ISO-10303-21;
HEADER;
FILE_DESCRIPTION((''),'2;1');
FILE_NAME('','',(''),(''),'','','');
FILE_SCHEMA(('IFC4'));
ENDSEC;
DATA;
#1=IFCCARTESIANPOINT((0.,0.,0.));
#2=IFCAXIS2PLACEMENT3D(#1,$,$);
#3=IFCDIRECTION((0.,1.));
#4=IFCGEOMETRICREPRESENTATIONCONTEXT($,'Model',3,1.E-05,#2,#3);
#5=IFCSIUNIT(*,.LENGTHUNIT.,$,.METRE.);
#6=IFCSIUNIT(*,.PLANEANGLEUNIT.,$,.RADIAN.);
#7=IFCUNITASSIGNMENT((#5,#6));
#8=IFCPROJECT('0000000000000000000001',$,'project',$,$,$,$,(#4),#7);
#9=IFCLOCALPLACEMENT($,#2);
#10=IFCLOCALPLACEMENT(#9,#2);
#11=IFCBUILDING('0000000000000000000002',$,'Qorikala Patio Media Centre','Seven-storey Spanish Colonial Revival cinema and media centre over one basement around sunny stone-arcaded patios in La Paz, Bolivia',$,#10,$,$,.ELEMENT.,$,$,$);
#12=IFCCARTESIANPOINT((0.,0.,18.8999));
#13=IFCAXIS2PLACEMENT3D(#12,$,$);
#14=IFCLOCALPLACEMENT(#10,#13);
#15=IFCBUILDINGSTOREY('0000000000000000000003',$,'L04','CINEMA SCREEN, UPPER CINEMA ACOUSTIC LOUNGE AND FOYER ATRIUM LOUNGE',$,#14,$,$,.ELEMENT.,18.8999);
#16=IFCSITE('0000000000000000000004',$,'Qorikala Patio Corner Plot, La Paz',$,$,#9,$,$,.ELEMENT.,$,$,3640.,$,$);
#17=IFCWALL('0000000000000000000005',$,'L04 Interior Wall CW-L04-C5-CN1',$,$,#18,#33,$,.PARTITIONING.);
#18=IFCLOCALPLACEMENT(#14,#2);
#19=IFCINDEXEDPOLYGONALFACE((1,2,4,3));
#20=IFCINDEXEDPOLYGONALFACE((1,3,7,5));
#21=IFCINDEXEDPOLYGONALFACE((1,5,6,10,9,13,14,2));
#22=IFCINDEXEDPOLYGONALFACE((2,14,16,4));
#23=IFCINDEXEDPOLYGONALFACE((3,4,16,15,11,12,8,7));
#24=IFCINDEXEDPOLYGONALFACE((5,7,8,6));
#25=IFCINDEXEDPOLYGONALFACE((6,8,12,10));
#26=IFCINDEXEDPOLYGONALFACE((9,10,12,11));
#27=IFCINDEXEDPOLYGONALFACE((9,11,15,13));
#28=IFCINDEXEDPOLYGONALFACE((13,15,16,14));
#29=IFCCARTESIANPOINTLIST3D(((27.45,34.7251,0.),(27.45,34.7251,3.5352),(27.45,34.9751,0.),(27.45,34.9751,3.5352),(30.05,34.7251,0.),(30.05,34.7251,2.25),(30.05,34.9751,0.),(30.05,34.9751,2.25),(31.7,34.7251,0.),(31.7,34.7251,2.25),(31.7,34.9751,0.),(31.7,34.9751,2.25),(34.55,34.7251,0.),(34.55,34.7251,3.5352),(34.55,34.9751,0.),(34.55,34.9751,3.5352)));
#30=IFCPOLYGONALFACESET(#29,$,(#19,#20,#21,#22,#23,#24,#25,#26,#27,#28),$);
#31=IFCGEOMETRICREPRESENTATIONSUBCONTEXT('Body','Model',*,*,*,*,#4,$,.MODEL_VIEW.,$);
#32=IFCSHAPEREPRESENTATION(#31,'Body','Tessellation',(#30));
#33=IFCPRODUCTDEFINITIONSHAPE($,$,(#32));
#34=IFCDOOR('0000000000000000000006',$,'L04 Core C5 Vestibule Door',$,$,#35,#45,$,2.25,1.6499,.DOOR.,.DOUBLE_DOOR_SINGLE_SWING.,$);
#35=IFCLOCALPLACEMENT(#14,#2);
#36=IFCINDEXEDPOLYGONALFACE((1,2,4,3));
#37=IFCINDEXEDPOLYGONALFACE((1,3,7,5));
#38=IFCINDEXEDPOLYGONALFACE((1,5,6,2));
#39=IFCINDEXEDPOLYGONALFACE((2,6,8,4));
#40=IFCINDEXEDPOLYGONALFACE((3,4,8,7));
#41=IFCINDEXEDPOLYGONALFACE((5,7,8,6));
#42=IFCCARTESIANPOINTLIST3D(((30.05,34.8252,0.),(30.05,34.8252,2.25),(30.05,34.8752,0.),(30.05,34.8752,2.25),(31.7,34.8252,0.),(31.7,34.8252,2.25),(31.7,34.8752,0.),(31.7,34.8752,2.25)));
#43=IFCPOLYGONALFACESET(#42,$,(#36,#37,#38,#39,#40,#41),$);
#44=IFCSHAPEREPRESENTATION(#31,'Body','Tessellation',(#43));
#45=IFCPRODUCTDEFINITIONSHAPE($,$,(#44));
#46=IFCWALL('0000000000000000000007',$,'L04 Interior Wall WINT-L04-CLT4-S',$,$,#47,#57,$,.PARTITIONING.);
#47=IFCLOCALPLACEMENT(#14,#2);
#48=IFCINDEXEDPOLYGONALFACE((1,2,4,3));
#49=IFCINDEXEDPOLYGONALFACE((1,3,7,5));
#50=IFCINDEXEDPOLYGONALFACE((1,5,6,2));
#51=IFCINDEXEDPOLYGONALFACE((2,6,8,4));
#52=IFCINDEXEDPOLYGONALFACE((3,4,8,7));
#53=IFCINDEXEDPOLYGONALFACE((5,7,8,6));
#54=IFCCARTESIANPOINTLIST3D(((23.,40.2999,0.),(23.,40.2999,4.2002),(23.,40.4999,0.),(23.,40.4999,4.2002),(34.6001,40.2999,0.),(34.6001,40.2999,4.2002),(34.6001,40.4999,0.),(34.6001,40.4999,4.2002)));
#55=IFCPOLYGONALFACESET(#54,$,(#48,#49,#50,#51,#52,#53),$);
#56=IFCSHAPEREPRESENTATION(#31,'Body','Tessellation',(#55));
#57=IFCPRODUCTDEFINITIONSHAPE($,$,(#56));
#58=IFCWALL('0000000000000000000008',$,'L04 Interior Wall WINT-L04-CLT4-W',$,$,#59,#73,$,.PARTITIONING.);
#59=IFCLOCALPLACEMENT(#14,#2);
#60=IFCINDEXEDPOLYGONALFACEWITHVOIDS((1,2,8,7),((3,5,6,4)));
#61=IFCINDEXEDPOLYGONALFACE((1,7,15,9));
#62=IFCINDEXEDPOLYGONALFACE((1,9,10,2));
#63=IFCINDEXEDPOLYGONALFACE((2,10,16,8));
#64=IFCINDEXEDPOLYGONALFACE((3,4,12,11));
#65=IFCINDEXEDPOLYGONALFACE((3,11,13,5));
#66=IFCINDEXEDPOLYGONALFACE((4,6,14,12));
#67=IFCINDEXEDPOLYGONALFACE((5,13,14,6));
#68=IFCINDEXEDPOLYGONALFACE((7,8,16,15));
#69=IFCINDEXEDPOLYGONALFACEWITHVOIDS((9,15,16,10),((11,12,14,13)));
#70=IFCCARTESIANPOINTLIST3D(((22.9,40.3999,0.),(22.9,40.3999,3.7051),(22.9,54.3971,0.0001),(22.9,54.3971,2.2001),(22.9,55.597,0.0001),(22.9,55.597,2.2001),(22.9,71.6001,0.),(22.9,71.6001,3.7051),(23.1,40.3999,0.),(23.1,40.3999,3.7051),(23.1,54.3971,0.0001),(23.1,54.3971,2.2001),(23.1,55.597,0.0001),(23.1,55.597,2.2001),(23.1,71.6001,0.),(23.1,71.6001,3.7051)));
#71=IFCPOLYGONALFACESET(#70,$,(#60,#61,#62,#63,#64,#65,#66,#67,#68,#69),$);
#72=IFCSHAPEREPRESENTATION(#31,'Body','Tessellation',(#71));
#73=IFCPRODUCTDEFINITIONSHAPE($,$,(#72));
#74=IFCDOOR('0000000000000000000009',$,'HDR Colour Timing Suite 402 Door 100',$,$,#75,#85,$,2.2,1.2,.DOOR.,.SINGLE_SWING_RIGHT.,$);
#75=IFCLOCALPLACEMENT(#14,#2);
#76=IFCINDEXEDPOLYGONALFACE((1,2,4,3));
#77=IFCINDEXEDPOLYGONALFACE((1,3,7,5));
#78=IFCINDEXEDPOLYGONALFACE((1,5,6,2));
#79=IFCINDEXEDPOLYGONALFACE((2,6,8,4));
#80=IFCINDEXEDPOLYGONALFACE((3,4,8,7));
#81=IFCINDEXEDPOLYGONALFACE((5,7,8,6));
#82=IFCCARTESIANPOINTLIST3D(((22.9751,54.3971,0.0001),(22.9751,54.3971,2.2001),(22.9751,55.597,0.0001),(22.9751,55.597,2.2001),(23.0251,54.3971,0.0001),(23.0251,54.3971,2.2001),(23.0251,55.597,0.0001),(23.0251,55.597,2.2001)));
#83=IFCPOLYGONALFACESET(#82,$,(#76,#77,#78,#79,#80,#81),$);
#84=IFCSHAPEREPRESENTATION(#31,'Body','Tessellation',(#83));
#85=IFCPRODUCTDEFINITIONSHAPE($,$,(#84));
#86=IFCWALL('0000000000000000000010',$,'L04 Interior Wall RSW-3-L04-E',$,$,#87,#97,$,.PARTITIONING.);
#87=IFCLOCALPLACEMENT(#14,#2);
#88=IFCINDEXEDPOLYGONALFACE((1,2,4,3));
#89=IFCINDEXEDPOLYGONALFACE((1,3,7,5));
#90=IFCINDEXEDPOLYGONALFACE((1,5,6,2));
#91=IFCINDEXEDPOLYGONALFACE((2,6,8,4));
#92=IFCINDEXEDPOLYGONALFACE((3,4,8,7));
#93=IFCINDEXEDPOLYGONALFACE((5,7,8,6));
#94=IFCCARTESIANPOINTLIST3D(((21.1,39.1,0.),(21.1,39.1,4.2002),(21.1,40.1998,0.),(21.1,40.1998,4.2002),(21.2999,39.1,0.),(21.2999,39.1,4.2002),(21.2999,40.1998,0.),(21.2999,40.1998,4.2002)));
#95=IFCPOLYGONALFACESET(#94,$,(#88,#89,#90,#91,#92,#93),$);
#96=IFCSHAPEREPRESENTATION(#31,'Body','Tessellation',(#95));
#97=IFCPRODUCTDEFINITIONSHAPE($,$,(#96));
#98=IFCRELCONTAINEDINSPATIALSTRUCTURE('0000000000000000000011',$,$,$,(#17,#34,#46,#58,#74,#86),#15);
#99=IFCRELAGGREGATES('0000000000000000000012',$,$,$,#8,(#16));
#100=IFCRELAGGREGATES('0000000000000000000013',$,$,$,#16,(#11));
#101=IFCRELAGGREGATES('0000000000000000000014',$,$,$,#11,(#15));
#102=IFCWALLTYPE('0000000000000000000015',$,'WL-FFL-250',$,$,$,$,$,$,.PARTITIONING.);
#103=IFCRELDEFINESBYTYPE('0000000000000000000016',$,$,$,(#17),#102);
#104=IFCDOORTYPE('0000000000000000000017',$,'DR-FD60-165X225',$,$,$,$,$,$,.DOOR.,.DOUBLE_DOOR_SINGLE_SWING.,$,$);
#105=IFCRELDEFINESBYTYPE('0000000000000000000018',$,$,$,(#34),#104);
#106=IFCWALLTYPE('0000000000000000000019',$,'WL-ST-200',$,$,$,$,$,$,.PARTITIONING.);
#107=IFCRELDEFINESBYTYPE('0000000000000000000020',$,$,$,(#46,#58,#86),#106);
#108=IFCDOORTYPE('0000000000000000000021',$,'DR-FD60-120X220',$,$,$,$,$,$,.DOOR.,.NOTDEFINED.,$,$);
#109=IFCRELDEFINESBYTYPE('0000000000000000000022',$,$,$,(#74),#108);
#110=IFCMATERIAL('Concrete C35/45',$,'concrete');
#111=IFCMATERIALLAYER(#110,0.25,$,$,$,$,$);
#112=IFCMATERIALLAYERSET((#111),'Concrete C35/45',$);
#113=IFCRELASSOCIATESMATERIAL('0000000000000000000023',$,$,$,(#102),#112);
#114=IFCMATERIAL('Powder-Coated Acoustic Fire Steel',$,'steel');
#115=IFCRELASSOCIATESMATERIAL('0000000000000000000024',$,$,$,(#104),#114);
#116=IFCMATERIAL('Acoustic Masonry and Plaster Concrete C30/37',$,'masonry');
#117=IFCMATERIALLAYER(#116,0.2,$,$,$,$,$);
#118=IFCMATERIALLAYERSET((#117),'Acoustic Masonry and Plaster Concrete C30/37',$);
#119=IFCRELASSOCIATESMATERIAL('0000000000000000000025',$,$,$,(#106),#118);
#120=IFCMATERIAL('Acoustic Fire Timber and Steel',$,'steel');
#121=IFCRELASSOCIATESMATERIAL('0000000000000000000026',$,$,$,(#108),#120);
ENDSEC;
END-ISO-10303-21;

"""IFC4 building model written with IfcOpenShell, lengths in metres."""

from ifc_helpers import new_model, si_unit, direction, frame, frame_2d, origin, place, context, subcontext, project, spatial, rectangle, extrude, material, layer, layer_set, type_object, element, fill, save


model = new_model("IFC4")

# Units and contexts
model_context = context("Model", 3, precision=1e-05, world=origin(), true_north=direction((0.0, 1.0)))
body_context = subcontext(model_context, "Body", "Model", "MODEL_VIEW")
ifc_project = project(units=[si_unit("LENGTHUNIT", "METRE"), si_unit("PLANEANGLEUNIT", "RADIAN")], contexts=[model_context])

# Site, building, storey
site_placement = place(None, origin())
site = spatial("IfcSite", under=ifc_project, at=site_placement, Name="Qorikala Patio Corner Plot, La Paz", CompositionType="ELEMENT", RefElevation=3640.0)
building_placement = place(site_placement, origin())
building = spatial("IfcBuilding", under=site, at=building_placement, Name="Qorikala Patio Media Centre", Description="Seven-storey Spanish Colonial Revival cinema and media centre over one basement around sunny stone-arcaded patios in La Paz, Bolivia", CompositionType="ELEMENT")
storey_placement = place(building_placement, frame((0.0, 0.0, 18.8999)))
storey = spatial("IfcBuildingStorey", under=building, at=storey_placement, Name="L04", Description="CINEMA SCREEN, UPPER CINEMA ACOUSTIC LOUNGE AND FOYER ATRIUM LOUNGE", CompositionType="ELEMENT", Elevation=18.8999)

# Shared definitions
ifc_material_1 = material(Name="Concrete C35/45", Category="concrete")

# Wall, opening, door
ifc_material_2 = material(Name="Powder-Coated Acoustic Fire Steel", Category="steel")
ifc_layer_1 = layer(ifc_material_1, 0.25)
ifc_layer_set_1 = layer_set([ifc_layer_1], Name="Concrete C35/45")
wall_type_1 = type_object("IfcWallType", Name="WL-FFL-250", PredefinedType="PARTITIONING", material=ifc_layer_set_1)
wall_1_placement = place(storey_placement, frame((27.45, 34.8501, 0.0), z_axis=(0.0, 0.0, 1.0), x_axis=(1.0, 0.0, 0.0)))
wall_1 = element("IfcWall", 1, at=wall_1_placement, inside=storey, type_object=wall_type_1, Name="L04 Interior Wall CW-L04-C5-CN1", PredefinedType="PARTITIONING", context=body_context, shape_type="SweptSolid", body=[
    extrude(rectangle(XDim=7.1001, YDim=0.25, at=frame_2d((3.55, 0.0))), origin(), (0.0, 0.0, 1.0), 3.5352),
])
opening_1_placement = place(wall_1_placement, frame((2.6001, 0.0, 0.0)))
opening_1 = element("IfcOpeningElement", 2, at=opening_1_placement, cuts=wall_1, PredefinedType="OPENING", context=body_context, shape_type="SweptSolid", body=[
    extrude(rectangle(XDim=1.6499, YDim=2.25, at=frame_2d((0.825, 1.125))), frame((0.0, 0.135, 0.0), z_axis=(0.0, -1.0, 0.0), x_axis=(1.0, 0.0, 0.0)), (0.0, 0.0, 1.0), 0.27),
])
door_type_1 = type_object("IfcDoorType", Name="DR-FD60-165X225", OperationType="DOUBLE_DOOR_SINGLE_SWING", PredefinedType="DOOR", material=ifc_material_2)
door_1_placement = place(opening_1_placement, frame((1.6499, 0.0, 0.0), z_axis=(0.0, 0.0, 1.0), x_axis=(-1.0, 0.0, 0.0)))
door_1 = element("IfcDoor", 3, at=door_1_placement, inside=storey, type_object=door_type_1, Name="L04 Core C5 Vestibule Door", OperationType="DOUBLE_DOOR_SINGLE_SWING", OverallHeight=2.25, OverallWidth=1.6499, PredefinedType="DOOR", context=body_context, shape_type="SweptSolid", body=[
    extrude(rectangle(XDim=1.6499, YDim=2.25, at=frame_2d((0.825, 1.125))), frame((0.0, 0.0249, 0.0), z_axis=(0.0, -1.0, 0.0), x_axis=(1.0, 0.0, 0.0)), (0.0, 0.0, 1.0), 0.05),
])
fill(opening_1, door_1)

# Wall
ifc_material_3 = material(Name="Acoustic Masonry and Plaster Concrete C30/37", Category="masonry")
ifc_layer_2 = layer(ifc_material_3, 0.2)
ifc_layer_set_2 = layer_set([ifc_layer_2], Name="Acoustic Masonry and Plaster Concrete C30/37")
wall_type_2 = type_object("IfcWallType", Name="WL-ST-200", PredefinedType="PARTITIONING", material=ifc_layer_set_2)
wall_2_placement = place(storey_placement, frame((23.0, 40.3999, 0.0), z_axis=(0.0, 0.0, 1.0), x_axis=(1.0, 0.0, 0.0)))
element("IfcWall", 4, at=wall_2_placement, inside=storey, type_object=wall_type_2, Name="L04 Interior Wall WINT-L04-CLT4-S", PredefinedType="PARTITIONING", context=body_context, shape_type="SweptSolid", body=[
    extrude(rectangle(XDim=11.6001, YDim=0.2, at=frame_2d((5.8, 0.0))), origin(), (0.0, 0.0, 1.0), 4.2002),
])

# Wall, opening, door
wall_3_placement = place(storey_placement, frame((23.0, 40.3999, 0.0), z_axis=(0.0, 0.0, 1.0), x_axis=(0.0, 1.0, 0.0)))
wall_3 = element("IfcWall", 5, at=wall_3_placement, inside=storey, type_object=wall_type_2, Name="L04 Interior Wall WINT-L04-CLT4-W", PredefinedType="PARTITIONING", context=body_context, shape_type="SweptSolid", body=[
    extrude(rectangle(XDim=31.2002, YDim=0.2, at=frame_2d((15.6001, 0.0))), origin(), (0.0, 0.0, 1.0), 3.7051),
])
opening_2_placement = place(wall_3_placement, frame((13.9971, 0.0, 0.0)))
opening_2 = element("IfcOpeningElement", 6, at=opening_2_placement, cuts=wall_3, PredefinedType="OPENING", context=body_context, shape_type="SweptSolid", body=[
    extrude(rectangle(XDim=1.2, YDim=2.2, at=frame_2d((0.6001, 1.1001))), frame((0.0, 0.1099, 0.0), z_axis=(0.0, -1.0, 0.0), x_axis=(1.0, 0.0, 0.0)), (0.0, 0.0, 1.0), 0.22),
])
ifc_material_4 = material(Name="Acoustic Fire Timber and Steel", Category="steel")
door_type_2 = type_object("IfcDoorType", Name="DR-FD60-120X220", OperationType="NOTDEFINED", PredefinedType="DOOR", material=ifc_material_4)
door_2_placement = place(opening_2_placement, origin())
door_2 = element("IfcDoor", 7, at=door_2_placement, inside=storey, type_object=door_type_2, Name="HDR Colour Timing Suite 402 Door 100", OperationType="SINGLE_SWING_RIGHT", OverallHeight=2.2, OverallWidth=1.2, PredefinedType="DOOR", context=body_context, shape_type="SweptSolid", body=[
    extrude(rectangle(XDim=1.2, YDim=2.2, at=frame_2d((0.6001, 1.1001))), frame((0.0, 0.0249, 0.0), z_axis=(0.0, -1.0, 0.0), x_axis=(1.0, 0.0, 0.0)), (0.0, 0.0, 1.0), 0.05),
])
fill(opening_2, door_2)

# Wall
wall_4_placement = place(storey_placement, frame((21.2, 39.1001, 0.0), z_axis=(0.0, 0.0, 1.0), x_axis=(0.0, 1.0, 0.0)))
element("IfcWall", 8, at=wall_4_placement, inside=storey, type_object=wall_type_2, Name="L04 Interior Wall RSW-3-L04-E", PredefinedType="PARTITIONING", context=body_context, shape_type="SweptSolid", body=[
    extrude(rectangle(XDim=1.0999, YDim=0.2, at=frame_2d((0.5498, 0.0))), origin(), (0.0, 0.0, 1.0), 4.2002),
])

save(model, "model.ifc")
